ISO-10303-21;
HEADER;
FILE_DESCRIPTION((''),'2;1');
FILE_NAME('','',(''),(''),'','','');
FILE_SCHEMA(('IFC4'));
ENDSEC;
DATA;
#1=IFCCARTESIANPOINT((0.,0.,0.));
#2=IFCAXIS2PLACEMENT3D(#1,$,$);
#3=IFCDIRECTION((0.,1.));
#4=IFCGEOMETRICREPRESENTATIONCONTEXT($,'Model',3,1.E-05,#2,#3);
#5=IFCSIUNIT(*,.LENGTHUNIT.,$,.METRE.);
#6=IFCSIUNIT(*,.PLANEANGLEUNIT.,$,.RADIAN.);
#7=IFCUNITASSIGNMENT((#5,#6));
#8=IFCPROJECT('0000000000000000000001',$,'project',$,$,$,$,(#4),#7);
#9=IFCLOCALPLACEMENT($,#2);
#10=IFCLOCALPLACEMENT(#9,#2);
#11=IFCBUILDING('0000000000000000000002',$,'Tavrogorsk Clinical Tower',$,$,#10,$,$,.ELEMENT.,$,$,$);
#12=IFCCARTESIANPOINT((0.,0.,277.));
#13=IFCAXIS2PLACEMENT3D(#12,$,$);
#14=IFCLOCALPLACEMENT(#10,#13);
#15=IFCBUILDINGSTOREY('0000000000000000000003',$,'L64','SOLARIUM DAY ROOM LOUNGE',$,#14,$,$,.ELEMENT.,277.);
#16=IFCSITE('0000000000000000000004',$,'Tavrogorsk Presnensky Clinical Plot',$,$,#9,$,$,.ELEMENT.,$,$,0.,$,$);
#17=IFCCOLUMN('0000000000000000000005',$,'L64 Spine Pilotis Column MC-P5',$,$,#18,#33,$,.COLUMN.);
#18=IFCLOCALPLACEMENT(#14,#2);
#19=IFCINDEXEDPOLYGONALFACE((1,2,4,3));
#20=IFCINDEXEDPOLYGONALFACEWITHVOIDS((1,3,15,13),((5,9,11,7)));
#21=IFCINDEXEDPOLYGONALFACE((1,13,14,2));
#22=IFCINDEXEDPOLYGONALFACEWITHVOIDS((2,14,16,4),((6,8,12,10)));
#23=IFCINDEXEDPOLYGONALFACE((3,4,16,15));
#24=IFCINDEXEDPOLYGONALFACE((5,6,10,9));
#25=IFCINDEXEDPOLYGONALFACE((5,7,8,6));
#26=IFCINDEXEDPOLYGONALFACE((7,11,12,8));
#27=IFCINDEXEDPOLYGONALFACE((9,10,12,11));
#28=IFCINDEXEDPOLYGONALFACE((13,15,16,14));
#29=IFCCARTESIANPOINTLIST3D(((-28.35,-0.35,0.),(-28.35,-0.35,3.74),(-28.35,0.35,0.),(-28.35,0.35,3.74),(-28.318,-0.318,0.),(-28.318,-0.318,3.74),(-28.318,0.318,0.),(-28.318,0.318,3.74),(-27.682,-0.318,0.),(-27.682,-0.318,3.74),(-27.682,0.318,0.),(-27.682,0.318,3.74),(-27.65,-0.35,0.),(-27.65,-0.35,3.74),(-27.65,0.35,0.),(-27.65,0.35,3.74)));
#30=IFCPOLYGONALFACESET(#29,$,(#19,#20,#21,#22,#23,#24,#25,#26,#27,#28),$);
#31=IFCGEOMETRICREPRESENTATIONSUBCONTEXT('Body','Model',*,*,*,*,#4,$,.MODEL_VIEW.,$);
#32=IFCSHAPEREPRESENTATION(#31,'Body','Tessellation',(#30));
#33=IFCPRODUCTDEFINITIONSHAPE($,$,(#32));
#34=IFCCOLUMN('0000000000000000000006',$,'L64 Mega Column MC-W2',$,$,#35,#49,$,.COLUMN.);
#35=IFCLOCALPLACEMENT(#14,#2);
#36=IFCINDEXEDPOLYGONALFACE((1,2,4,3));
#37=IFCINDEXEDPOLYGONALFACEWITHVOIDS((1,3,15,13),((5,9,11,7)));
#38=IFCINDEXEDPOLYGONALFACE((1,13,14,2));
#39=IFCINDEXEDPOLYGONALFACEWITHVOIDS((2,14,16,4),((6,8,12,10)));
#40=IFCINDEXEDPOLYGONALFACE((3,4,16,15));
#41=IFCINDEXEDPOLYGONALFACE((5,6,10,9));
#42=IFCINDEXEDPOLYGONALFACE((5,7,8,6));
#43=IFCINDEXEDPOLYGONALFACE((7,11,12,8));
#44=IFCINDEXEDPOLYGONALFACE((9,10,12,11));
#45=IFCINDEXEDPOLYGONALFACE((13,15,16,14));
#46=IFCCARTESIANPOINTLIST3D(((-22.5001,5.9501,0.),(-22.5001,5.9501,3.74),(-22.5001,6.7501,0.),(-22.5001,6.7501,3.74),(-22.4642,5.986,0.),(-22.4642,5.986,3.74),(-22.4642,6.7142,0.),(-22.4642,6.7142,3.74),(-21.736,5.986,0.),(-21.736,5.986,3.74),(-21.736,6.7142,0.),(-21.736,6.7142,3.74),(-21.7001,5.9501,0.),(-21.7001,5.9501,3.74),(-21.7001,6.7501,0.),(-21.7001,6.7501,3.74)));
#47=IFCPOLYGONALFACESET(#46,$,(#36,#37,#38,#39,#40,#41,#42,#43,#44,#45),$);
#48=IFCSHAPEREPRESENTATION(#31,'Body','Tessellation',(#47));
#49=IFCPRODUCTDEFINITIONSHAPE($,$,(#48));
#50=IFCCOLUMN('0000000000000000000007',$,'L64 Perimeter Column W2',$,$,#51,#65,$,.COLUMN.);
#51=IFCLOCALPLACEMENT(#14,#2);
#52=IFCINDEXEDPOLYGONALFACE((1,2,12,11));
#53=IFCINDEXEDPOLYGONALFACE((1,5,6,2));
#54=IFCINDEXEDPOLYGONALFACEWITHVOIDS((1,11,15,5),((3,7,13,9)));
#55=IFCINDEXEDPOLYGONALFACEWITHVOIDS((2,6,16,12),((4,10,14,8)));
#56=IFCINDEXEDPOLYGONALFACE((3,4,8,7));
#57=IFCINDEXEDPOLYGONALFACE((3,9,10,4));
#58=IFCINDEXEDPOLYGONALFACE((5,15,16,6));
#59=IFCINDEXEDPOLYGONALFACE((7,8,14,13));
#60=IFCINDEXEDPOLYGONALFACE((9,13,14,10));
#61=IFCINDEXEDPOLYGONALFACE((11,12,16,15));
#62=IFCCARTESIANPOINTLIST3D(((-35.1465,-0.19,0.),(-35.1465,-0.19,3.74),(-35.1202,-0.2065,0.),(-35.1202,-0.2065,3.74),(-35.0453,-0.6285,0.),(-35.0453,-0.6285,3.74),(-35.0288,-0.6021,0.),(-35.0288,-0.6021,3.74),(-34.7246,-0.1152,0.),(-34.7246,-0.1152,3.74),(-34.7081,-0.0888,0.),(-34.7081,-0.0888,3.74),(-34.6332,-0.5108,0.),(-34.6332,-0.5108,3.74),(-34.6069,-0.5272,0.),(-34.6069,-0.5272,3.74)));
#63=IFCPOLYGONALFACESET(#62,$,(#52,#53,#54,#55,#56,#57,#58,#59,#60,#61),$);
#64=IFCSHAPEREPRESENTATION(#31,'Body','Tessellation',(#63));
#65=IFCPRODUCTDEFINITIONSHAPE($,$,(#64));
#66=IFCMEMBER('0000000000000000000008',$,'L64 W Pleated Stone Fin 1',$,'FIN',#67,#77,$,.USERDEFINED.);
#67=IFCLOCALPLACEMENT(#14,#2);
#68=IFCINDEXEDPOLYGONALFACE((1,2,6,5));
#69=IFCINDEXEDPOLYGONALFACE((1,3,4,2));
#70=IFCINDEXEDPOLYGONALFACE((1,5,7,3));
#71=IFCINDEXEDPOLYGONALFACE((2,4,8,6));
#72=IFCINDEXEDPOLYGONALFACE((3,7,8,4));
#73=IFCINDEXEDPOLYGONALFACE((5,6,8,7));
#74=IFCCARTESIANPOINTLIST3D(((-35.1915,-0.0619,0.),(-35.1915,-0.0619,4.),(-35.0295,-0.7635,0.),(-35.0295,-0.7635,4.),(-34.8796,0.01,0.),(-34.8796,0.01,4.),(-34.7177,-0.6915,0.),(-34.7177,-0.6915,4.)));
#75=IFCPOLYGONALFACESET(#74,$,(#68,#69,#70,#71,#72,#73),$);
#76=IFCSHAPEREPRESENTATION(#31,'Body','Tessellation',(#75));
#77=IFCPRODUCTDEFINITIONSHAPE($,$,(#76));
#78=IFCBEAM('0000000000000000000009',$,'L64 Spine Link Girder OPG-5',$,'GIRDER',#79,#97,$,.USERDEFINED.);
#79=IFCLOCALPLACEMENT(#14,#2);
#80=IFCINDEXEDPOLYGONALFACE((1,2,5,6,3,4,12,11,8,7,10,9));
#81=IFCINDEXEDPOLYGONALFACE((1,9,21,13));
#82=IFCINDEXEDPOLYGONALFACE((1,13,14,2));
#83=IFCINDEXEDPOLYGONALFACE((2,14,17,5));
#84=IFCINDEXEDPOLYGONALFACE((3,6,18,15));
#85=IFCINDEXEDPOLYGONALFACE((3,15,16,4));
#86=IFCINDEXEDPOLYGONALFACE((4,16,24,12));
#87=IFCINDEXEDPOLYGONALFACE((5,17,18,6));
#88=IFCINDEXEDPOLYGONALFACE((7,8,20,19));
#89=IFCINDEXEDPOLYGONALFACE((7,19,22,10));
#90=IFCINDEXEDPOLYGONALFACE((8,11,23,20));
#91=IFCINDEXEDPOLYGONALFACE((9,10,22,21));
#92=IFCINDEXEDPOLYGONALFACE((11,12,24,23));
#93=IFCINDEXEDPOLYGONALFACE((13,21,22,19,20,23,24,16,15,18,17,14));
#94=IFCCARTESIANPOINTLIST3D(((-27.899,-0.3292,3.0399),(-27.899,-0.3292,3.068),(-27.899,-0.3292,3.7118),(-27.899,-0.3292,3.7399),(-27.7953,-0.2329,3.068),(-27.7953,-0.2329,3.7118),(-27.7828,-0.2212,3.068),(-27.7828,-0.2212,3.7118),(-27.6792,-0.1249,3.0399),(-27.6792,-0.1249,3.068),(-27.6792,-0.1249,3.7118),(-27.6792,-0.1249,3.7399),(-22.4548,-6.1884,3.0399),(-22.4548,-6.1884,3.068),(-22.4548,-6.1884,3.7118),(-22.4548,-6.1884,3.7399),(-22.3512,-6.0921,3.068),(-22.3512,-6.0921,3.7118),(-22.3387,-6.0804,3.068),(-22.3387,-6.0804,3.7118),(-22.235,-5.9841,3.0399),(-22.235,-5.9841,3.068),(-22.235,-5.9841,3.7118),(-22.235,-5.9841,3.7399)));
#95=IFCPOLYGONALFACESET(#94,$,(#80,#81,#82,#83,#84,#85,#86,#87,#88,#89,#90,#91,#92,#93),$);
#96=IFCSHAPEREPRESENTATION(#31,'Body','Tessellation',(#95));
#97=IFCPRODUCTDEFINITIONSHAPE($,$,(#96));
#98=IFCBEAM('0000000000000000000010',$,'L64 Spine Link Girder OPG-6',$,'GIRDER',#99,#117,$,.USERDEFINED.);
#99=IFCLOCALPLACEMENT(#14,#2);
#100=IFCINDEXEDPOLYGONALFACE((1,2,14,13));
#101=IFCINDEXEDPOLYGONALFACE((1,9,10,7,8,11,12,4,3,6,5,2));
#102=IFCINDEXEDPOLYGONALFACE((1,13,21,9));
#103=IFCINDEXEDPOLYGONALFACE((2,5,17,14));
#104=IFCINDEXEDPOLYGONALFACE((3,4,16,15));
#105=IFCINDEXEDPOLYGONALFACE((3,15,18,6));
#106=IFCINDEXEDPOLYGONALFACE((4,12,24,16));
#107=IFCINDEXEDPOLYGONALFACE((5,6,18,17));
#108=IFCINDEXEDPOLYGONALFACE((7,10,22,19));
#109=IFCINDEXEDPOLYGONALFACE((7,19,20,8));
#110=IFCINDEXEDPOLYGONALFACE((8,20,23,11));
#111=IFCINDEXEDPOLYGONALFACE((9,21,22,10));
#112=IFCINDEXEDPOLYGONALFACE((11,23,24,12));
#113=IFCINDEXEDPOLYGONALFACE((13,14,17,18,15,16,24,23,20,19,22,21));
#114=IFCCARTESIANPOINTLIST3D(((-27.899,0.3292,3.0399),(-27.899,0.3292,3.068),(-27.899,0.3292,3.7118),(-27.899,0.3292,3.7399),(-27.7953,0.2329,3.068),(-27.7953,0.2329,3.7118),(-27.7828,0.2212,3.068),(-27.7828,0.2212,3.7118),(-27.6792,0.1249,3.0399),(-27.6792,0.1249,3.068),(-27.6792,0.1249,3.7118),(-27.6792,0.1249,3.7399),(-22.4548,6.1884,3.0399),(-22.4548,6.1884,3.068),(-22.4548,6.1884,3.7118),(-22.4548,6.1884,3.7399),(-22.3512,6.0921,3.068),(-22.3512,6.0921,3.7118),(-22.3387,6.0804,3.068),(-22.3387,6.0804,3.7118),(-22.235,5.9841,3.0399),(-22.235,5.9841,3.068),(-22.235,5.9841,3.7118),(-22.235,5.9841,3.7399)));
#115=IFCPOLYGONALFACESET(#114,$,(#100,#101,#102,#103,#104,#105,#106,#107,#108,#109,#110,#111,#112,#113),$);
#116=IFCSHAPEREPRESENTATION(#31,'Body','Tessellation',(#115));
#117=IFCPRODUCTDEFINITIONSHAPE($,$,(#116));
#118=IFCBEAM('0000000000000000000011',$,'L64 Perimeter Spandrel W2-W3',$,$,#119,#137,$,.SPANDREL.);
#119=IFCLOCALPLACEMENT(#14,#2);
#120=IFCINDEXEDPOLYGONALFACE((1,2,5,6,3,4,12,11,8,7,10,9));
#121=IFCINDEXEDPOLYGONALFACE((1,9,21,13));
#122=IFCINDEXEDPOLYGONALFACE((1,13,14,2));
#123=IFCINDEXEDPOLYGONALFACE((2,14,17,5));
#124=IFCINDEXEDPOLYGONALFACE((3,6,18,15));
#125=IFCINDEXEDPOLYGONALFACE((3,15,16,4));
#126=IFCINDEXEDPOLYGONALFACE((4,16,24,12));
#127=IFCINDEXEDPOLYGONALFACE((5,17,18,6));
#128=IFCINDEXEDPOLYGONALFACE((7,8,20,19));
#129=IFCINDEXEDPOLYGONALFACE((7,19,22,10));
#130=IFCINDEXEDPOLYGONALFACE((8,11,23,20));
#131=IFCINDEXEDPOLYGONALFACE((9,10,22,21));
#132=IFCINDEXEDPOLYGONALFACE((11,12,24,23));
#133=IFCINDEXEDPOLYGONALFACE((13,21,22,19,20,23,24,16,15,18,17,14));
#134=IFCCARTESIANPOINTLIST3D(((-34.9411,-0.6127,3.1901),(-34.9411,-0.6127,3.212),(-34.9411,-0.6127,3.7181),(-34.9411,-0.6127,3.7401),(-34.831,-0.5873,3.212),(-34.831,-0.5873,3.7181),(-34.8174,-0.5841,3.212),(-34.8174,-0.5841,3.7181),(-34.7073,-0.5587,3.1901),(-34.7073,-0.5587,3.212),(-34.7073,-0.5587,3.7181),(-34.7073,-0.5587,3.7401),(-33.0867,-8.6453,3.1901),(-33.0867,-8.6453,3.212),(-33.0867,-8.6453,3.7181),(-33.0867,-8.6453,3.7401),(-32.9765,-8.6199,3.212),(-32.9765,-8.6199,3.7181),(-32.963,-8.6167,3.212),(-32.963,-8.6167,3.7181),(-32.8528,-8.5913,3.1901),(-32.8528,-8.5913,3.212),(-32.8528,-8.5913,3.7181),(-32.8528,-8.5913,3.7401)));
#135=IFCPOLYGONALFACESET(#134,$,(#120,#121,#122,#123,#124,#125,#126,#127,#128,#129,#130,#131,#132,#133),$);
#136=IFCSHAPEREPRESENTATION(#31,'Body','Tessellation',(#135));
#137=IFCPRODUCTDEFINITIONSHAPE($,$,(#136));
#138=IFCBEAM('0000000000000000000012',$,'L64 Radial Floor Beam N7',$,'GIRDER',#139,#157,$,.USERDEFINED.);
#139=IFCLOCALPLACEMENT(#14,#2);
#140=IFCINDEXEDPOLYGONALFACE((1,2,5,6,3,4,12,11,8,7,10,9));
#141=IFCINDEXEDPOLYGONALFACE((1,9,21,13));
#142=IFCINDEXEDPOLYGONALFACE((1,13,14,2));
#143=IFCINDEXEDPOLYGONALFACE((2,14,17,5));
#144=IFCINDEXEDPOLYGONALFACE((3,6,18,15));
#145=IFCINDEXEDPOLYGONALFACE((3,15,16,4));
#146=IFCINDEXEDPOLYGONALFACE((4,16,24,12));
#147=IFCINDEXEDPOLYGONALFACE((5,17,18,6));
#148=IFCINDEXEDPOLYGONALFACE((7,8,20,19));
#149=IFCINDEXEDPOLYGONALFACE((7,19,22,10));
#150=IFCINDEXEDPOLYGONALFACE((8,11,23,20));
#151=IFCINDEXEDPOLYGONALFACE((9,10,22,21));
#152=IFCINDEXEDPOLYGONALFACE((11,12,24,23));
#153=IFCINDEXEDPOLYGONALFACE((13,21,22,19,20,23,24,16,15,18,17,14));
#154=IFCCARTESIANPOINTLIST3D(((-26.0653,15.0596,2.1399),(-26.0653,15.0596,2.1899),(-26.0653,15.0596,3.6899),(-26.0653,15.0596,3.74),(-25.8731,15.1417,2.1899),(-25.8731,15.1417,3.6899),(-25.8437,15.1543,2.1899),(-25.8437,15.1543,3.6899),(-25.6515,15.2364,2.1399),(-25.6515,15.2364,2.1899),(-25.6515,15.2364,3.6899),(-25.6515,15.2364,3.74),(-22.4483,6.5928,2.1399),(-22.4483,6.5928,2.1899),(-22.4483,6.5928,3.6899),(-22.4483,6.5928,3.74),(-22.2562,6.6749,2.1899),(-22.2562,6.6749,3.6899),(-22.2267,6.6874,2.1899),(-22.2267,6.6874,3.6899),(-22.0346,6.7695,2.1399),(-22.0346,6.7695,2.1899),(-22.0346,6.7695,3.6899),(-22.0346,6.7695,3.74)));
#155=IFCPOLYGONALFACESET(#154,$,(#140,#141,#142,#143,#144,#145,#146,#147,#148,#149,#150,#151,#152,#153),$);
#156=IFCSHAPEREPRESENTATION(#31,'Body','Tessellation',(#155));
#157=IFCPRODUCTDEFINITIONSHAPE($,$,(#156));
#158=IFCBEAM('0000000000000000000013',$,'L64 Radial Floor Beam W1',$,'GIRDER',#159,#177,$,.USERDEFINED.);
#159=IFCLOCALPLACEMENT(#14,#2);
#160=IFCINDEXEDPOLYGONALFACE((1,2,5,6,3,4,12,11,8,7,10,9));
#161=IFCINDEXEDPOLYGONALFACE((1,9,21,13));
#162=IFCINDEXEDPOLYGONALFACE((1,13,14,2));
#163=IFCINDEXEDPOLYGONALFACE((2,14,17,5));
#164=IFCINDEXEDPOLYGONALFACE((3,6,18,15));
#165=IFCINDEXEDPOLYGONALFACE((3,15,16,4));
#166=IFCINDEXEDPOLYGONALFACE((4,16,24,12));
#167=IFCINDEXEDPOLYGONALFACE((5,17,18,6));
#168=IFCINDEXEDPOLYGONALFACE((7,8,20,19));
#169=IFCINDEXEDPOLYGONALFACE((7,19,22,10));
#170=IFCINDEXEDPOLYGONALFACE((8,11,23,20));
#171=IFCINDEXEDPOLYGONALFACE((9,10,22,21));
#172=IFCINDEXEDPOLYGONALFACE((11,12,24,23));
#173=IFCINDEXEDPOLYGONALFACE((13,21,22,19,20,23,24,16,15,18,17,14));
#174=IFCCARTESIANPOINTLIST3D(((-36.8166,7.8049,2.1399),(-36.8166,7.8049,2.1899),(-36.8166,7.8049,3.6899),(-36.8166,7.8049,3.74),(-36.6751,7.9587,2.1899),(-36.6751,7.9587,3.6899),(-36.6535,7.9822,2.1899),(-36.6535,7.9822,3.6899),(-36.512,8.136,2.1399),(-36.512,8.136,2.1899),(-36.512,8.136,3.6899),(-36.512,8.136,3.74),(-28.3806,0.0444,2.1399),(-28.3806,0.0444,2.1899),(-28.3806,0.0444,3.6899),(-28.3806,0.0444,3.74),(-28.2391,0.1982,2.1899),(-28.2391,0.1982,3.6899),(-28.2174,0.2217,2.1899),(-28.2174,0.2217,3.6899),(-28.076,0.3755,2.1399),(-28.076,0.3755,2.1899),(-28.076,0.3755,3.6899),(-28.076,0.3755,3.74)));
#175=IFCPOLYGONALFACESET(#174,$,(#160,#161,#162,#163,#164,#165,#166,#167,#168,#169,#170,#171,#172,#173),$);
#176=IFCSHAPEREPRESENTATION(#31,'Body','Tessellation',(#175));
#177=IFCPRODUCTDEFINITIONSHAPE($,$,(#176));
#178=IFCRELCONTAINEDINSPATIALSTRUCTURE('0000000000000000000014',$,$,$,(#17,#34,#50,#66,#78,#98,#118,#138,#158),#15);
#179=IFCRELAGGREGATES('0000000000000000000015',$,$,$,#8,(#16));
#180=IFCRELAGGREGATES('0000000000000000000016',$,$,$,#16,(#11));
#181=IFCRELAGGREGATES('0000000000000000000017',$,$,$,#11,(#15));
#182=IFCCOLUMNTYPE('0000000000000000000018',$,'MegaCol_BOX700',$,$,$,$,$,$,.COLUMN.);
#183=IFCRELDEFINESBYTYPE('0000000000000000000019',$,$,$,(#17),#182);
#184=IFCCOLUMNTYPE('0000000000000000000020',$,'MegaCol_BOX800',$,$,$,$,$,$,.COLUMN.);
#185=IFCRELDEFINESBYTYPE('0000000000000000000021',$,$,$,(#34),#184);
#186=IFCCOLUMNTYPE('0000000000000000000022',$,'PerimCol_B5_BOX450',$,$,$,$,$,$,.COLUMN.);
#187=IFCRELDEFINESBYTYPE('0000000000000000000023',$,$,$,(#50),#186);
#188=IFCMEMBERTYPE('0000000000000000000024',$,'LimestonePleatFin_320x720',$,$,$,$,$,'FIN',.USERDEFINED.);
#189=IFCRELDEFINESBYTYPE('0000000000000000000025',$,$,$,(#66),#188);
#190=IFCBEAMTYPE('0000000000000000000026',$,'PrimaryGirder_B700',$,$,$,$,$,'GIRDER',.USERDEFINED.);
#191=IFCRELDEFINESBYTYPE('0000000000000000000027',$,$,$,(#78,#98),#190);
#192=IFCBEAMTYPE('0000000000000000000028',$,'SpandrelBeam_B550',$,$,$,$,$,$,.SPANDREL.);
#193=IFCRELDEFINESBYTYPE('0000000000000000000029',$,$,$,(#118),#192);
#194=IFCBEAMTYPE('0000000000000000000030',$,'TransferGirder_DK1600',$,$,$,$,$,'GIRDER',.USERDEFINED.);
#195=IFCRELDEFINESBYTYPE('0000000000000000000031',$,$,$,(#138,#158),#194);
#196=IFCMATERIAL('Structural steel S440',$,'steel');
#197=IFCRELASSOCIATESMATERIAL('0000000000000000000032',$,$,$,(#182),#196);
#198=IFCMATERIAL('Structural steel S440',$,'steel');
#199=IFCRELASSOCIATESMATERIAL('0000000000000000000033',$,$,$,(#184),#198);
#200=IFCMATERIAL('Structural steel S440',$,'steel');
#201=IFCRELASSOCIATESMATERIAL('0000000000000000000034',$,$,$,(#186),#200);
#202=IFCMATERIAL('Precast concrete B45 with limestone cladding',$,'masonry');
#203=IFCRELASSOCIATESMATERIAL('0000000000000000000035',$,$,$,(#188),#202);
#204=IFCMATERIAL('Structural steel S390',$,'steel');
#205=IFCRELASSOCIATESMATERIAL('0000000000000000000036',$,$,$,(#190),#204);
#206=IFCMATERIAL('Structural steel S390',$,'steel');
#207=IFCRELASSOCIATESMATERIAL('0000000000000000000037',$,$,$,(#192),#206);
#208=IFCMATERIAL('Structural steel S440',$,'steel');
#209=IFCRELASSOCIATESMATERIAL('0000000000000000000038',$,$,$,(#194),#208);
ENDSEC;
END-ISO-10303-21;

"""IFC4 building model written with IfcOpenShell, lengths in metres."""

from ifc_helpers import new_model, si_unit, direction, frame, origin, origin_2d, place, context, subcontext, project, spatial, rectangle, hollow_rectangle, i_section, extrude, material, material_profile, profile_set, type_object, element, save


model = new_model("IFC4")

# Units and contexts
model_context = context("Model", 3, precision=1e-05, world=origin(), true_north=direction((0.0, 1.0)))
body_context = subcontext(model_context, "Body", "Model", "MODEL_VIEW")
ifc_project = project(units=[si_unit("LENGTHUNIT", "METRE"), si_unit("PLANEANGLEUNIT", "RADIAN")], contexts=[model_context])

# Site, building, storey
site_placement = place(None, origin())
site = spatial("IfcSite", under=ifc_project, at=site_placement, Name="Tavrogorsk Presnensky Clinical Plot", CompositionType="ELEMENT", RefElevation=0.0)
building_placement = place(site_placement, origin())
building = spatial("IfcBuilding", under=site, at=building_placement, Name="Tavrogorsk Clinical Tower", CompositionType="ELEMENT")
storey_placement = place(building_placement, frame((0.0, 0.0, 277.0)))
storey = spatial("IfcBuildingStorey", under=building, at=storey_placement, Name="L64", Description="SOLARIUM DAY ROOM LOUNGE", CompositionType="ELEMENT", Elevation=277.0)

# Columns
ifc_material_1 = material(Name="Structural steel S440", Category="steel")
ifc_material_profile_1 = material_profile(ifc_material_1, hollow_rectangle(XDim=0.7, YDim=0.7, WallThickness=0.032, at=origin_2d()), Name="BOX-700x700x32")
ifc_profile_set_1 = profile_set([ifc_material_profile_1], Name="Structural steel S440")
column_type_1 = type_object("IfcColumnType", Name="MegaCol_BOX700", PredefinedType="COLUMN", material=ifc_profile_set_1)
column_1_placement = place(storey_placement, frame((-28.0, 0.0, 0.0), z_axis=(0.0, 0.0, 1.0), x_axis=(1.0, 0.0, 0.0)))
element("IfcColumn", 1, at=column_1_placement, inside=storey, type_object=column_type_1, Name="L64 Spine Pilotis Column MC-P5", PredefinedType="COLUMN", context=body_context, shape_type="SweptSolid", body=[
    extrude(hollow_rectangle(XDim=0.7, YDim=0.7, WallThickness=0.032, at=origin_2d()), origin(), (0.0, 0.0, 1.0), 3.74),
])
ifc_material_2 = material(Name="Structural steel S440", Category="steel")
ifc_material_profile_2 = material_profile(ifc_material_2, hollow_rectangle(XDim=0.8, YDim=0.8, WallThickness=0.0359, at=origin_2d()), Name="BOX-800x800x36")
ifc_profile_set_2 = profile_set([ifc_material_profile_2], Name="Structural steel S440")
column_type_2 = type_object("IfcColumnType", Name="MegaCol_BOX800", PredefinedType="COLUMN", material=ifc_profile_set_2)
column_2_placement = place(storey_placement, frame((-22.1001, 6.3501, 0.0), z_axis=(0.0, 0.0, 1.0), x_axis=(1.0, 0.0, 0.0)))
element("IfcColumn", 2, at=column_2_placement, inside=storey, type_object=column_type_2, Name="L64 Mega Column MC-W2", PredefinedType="COLUMN", context=body_context, shape_type="SweptSolid", body=[
    extrude(hollow_rectangle(XDim=0.8, YDim=0.8, WallThickness=0.0359, at=origin_2d()), origin(), (0.0, 0.0, 1.0), 3.74),
])
ifc_material_3 = material(Name="Structural steel S440", Category="steel")
ifc_material_profile_3 = material_profile(ifc_material_3, hollow_rectangle(XDim=0.45, YDim=0.45, WallThickness=0.022, at=origin_2d()), Name="BOX-450x450x22")
ifc_profile_set_3 = profile_set([ifc_material_profile_3], Name="Structural steel S440")
column_type_3 = type_object("IfcColumnType", Name="PerimCol_B5_BOX450", PredefinedType="COLUMN", material=ifc_profile_set_3)
column_3_placement = place(storey_placement, frame((-34.8767, -0.3586, 0.0), z_axis=(0.0, 0.0, 1.0), x_axis=(0.97437, 0.224951, 0.0)))
element("IfcColumn", 3, at=column_3_placement, inside=storey, type_object=column_type_3, Name="L64 Perimeter Column W2", PredefinedType="COLUMN", context=body_context, shape_type="SweptSolid", body=[
    extrude(hollow_rectangle(XDim=0.45, YDim=0.45, WallThickness=0.022, at=origin_2d()), origin(), (0.0, 0.0, 1.0), 3.74),
])

# Member
ifc_material_4 = material(Name="Precast concrete B45 with limestone cladding", Category="masonry")
ifc_material_profile_4 = material_profile(ifc_material_4, rectangle(XDim=0.3201, YDim=0.72, at=origin_2d()), Name="LIMESTONE-FIN-320x720")
ifc_profile_set_4 = profile_set([ifc_material_profile_4], Name="Precast concrete B45 with limestone cladding")
member_type = type_object("IfcMemberType", Name="LimestonePleatFin_320x720", ElementType="FIN", PredefinedType="USERDEFINED", material=ifc_profile_set_4)
member_placement = place(storey_placement, frame((-34.9546, -0.3767, 0.0), z_axis=(0.0, 0.0, 1.0), x_axis=(0.97437, 0.224951, 0.0)))
element("IfcMember", 4, at=member_placement, inside=storey, type_object=member_type, Name="L64 W Pleated Stone Fin 1", ObjectType="FIN", PredefinedType="USERDEFINED", context=body_context, shape_type="SweptSolid", body=[
    extrude(rectangle(XDim=0.3201, YDim=0.72, at=origin_2d()), origin(), (0.0, 0.0, 1.0), 4.0),
])

# Beams
ifc_material_5 = material(Name="Structural steel S390", Category="steel")
ifc_material_profile_5 = material_profile(ifc_material_5, i_section(OverallWidth=0.3, OverallDepth=0.7, WebThickness=0.0171, FlangeThickness=0.0281, at=origin_2d()), Name="B-700x300x17x28")
ifc_profile_set_5 = profile_set([ifc_material_profile_5], Name="Structural steel S390")
beam_type_1 = type_object("IfcBeamType", Name="PrimaryGirder_B700", ElementType="GIRDER", PredefinedType="USERDEFINED", material=ifc_profile_set_5)
for number, where, z_axis, x_axis, name in (
    (5, (-27.7891, -0.2271, 3.3899), (0.680684, -0.732577, 0.0), (0.732577, 0.680684, 0.0), "L64 Spine Link Girder OPG-5"),
    (6, (-27.7891, 0.2271, 3.3899), (0.680684, 0.732577, 0.0), (-0.732577, 0.680684, 0.0), "L64 Spine Link Girder OPG-6"),
):
    element("IfcBeam", number, at=place(storey_placement, frame(where, z_axis=z_axis, x_axis=x_axis)), inside=storey, type_object=beam_type_1, Name=name, ObjectType="GIRDER", PredefinedType="USERDEFINED", context=body_context, shape_type="SweptSolid", body=[
        extrude(i_section(OverallWidth=0.3, OverallDepth=0.7, WebThickness=0.0171, FlangeThickness=0.0281, at=origin_2d()), origin(), (0.0, 0.0, 1.0), 7.998),
    ])
ifc_material_6 = material(Name="Structural steel S390", Category="steel")
ifc_material_profile_6 = material_profile(ifc_material_6, i_section(OverallWidth=0.24, OverallDepth=0.55, WebThickness=0.0139, FlangeThickness=0.022, at=origin_2d()), Name="B-550x240x14x22")
ifc_profile_set_6 = profile_set([ifc_material_profile_6], Name="Structural steel S390")
beam_type_2 = type_object("IfcBeamType", Name="SpandrelBeam_B550", PredefinedType="SPANDREL", material=ifc_profile_set_6)
beam_1_placement = place(storey_placement, frame((-34.8242, -0.5857, 3.4651), z_axis=(0.22495, -0.97437, 0.0), x_axis=(0.97437, 0.22495, 0.0)))
element("IfcBeam", 7, at=beam_1_placement, inside=storey, type_object=beam_type_2, Name="L64 Perimeter Spandrel W2-W3", PredefinedType="SPANDREL", context=body_context, shape_type="SweptSolid", body=[
    extrude(i_section(OverallWidth=0.24, OverallDepth=0.55, WebThickness=0.0139, FlangeThickness=0.022, at=origin_2d()), origin(), (0.0, 0.0, 1.0), 8.2439),
])
ifc_material_7 = material(Name="Structural steel S440", Category="steel")
ifc_material_profile_7 = material_profile(ifc_material_7, i_section(OverallWidth=0.45, OverallDepth=1.6001, WebThickness=0.032, FlangeThickness=0.05, at=origin_2d()), Name="DK-1600x450x32x50")
ifc_profile_set_7 = profile_set([ifc_material_profile_7], Name="Structural steel S440")
beam_type_3 = type_object("IfcBeamType", Name="TransferGirder_DK1600", ElementType="GIRDER", PredefinedType="USERDEFINED", material=ifc_profile_set_7)
beam_2_placement = place(storey_placement, frame((-22.2415, 6.6812, 2.9399), z_axis=(-0.392847, 0.919604, 0.0), x_axis=(-0.919604, -0.392847, 0.0)))
element("IfcBeam", 8, at=beam_2_placement, inside=storey, type_object=beam_type_3, Name="L64 Radial Floor Beam N7", ObjectType="GIRDER", PredefinedType="USERDEFINED", context=body_context, shape_type="SweptSolid", body=[
    extrude(i_section(OverallWidth=0.45, OverallDepth=1.6001, WebThickness=0.032, FlangeThickness=0.05, at=origin_2d()), origin(), (0.0, 0.0, 1.0), 9.207),
])
beam_3_placement = place(storey_placement, frame((-28.2283, 0.21, 2.9399), z_axis=(-0.735959, 0.677026, 0.0), x_axis=(-0.677026, -0.735959, 0.0)))
element("IfcBeam", 9, at=beam_3_placement, inside=storey, type_object=beam_type_3, Name="L64 Radial Floor Beam W1", ObjectType="GIRDER", PredefinedType="USERDEFINED", context=body_context, shape_type="SweptSolid", body=[
    extrude(i_section(OverallWidth=0.45, OverallDepth=1.6001, WebThickness=0.032, FlangeThickness=0.05, at=origin_2d()), origin(), (0.0, 0.0, 1.0), 11.4626),
])

save(model, "model.ifc")
